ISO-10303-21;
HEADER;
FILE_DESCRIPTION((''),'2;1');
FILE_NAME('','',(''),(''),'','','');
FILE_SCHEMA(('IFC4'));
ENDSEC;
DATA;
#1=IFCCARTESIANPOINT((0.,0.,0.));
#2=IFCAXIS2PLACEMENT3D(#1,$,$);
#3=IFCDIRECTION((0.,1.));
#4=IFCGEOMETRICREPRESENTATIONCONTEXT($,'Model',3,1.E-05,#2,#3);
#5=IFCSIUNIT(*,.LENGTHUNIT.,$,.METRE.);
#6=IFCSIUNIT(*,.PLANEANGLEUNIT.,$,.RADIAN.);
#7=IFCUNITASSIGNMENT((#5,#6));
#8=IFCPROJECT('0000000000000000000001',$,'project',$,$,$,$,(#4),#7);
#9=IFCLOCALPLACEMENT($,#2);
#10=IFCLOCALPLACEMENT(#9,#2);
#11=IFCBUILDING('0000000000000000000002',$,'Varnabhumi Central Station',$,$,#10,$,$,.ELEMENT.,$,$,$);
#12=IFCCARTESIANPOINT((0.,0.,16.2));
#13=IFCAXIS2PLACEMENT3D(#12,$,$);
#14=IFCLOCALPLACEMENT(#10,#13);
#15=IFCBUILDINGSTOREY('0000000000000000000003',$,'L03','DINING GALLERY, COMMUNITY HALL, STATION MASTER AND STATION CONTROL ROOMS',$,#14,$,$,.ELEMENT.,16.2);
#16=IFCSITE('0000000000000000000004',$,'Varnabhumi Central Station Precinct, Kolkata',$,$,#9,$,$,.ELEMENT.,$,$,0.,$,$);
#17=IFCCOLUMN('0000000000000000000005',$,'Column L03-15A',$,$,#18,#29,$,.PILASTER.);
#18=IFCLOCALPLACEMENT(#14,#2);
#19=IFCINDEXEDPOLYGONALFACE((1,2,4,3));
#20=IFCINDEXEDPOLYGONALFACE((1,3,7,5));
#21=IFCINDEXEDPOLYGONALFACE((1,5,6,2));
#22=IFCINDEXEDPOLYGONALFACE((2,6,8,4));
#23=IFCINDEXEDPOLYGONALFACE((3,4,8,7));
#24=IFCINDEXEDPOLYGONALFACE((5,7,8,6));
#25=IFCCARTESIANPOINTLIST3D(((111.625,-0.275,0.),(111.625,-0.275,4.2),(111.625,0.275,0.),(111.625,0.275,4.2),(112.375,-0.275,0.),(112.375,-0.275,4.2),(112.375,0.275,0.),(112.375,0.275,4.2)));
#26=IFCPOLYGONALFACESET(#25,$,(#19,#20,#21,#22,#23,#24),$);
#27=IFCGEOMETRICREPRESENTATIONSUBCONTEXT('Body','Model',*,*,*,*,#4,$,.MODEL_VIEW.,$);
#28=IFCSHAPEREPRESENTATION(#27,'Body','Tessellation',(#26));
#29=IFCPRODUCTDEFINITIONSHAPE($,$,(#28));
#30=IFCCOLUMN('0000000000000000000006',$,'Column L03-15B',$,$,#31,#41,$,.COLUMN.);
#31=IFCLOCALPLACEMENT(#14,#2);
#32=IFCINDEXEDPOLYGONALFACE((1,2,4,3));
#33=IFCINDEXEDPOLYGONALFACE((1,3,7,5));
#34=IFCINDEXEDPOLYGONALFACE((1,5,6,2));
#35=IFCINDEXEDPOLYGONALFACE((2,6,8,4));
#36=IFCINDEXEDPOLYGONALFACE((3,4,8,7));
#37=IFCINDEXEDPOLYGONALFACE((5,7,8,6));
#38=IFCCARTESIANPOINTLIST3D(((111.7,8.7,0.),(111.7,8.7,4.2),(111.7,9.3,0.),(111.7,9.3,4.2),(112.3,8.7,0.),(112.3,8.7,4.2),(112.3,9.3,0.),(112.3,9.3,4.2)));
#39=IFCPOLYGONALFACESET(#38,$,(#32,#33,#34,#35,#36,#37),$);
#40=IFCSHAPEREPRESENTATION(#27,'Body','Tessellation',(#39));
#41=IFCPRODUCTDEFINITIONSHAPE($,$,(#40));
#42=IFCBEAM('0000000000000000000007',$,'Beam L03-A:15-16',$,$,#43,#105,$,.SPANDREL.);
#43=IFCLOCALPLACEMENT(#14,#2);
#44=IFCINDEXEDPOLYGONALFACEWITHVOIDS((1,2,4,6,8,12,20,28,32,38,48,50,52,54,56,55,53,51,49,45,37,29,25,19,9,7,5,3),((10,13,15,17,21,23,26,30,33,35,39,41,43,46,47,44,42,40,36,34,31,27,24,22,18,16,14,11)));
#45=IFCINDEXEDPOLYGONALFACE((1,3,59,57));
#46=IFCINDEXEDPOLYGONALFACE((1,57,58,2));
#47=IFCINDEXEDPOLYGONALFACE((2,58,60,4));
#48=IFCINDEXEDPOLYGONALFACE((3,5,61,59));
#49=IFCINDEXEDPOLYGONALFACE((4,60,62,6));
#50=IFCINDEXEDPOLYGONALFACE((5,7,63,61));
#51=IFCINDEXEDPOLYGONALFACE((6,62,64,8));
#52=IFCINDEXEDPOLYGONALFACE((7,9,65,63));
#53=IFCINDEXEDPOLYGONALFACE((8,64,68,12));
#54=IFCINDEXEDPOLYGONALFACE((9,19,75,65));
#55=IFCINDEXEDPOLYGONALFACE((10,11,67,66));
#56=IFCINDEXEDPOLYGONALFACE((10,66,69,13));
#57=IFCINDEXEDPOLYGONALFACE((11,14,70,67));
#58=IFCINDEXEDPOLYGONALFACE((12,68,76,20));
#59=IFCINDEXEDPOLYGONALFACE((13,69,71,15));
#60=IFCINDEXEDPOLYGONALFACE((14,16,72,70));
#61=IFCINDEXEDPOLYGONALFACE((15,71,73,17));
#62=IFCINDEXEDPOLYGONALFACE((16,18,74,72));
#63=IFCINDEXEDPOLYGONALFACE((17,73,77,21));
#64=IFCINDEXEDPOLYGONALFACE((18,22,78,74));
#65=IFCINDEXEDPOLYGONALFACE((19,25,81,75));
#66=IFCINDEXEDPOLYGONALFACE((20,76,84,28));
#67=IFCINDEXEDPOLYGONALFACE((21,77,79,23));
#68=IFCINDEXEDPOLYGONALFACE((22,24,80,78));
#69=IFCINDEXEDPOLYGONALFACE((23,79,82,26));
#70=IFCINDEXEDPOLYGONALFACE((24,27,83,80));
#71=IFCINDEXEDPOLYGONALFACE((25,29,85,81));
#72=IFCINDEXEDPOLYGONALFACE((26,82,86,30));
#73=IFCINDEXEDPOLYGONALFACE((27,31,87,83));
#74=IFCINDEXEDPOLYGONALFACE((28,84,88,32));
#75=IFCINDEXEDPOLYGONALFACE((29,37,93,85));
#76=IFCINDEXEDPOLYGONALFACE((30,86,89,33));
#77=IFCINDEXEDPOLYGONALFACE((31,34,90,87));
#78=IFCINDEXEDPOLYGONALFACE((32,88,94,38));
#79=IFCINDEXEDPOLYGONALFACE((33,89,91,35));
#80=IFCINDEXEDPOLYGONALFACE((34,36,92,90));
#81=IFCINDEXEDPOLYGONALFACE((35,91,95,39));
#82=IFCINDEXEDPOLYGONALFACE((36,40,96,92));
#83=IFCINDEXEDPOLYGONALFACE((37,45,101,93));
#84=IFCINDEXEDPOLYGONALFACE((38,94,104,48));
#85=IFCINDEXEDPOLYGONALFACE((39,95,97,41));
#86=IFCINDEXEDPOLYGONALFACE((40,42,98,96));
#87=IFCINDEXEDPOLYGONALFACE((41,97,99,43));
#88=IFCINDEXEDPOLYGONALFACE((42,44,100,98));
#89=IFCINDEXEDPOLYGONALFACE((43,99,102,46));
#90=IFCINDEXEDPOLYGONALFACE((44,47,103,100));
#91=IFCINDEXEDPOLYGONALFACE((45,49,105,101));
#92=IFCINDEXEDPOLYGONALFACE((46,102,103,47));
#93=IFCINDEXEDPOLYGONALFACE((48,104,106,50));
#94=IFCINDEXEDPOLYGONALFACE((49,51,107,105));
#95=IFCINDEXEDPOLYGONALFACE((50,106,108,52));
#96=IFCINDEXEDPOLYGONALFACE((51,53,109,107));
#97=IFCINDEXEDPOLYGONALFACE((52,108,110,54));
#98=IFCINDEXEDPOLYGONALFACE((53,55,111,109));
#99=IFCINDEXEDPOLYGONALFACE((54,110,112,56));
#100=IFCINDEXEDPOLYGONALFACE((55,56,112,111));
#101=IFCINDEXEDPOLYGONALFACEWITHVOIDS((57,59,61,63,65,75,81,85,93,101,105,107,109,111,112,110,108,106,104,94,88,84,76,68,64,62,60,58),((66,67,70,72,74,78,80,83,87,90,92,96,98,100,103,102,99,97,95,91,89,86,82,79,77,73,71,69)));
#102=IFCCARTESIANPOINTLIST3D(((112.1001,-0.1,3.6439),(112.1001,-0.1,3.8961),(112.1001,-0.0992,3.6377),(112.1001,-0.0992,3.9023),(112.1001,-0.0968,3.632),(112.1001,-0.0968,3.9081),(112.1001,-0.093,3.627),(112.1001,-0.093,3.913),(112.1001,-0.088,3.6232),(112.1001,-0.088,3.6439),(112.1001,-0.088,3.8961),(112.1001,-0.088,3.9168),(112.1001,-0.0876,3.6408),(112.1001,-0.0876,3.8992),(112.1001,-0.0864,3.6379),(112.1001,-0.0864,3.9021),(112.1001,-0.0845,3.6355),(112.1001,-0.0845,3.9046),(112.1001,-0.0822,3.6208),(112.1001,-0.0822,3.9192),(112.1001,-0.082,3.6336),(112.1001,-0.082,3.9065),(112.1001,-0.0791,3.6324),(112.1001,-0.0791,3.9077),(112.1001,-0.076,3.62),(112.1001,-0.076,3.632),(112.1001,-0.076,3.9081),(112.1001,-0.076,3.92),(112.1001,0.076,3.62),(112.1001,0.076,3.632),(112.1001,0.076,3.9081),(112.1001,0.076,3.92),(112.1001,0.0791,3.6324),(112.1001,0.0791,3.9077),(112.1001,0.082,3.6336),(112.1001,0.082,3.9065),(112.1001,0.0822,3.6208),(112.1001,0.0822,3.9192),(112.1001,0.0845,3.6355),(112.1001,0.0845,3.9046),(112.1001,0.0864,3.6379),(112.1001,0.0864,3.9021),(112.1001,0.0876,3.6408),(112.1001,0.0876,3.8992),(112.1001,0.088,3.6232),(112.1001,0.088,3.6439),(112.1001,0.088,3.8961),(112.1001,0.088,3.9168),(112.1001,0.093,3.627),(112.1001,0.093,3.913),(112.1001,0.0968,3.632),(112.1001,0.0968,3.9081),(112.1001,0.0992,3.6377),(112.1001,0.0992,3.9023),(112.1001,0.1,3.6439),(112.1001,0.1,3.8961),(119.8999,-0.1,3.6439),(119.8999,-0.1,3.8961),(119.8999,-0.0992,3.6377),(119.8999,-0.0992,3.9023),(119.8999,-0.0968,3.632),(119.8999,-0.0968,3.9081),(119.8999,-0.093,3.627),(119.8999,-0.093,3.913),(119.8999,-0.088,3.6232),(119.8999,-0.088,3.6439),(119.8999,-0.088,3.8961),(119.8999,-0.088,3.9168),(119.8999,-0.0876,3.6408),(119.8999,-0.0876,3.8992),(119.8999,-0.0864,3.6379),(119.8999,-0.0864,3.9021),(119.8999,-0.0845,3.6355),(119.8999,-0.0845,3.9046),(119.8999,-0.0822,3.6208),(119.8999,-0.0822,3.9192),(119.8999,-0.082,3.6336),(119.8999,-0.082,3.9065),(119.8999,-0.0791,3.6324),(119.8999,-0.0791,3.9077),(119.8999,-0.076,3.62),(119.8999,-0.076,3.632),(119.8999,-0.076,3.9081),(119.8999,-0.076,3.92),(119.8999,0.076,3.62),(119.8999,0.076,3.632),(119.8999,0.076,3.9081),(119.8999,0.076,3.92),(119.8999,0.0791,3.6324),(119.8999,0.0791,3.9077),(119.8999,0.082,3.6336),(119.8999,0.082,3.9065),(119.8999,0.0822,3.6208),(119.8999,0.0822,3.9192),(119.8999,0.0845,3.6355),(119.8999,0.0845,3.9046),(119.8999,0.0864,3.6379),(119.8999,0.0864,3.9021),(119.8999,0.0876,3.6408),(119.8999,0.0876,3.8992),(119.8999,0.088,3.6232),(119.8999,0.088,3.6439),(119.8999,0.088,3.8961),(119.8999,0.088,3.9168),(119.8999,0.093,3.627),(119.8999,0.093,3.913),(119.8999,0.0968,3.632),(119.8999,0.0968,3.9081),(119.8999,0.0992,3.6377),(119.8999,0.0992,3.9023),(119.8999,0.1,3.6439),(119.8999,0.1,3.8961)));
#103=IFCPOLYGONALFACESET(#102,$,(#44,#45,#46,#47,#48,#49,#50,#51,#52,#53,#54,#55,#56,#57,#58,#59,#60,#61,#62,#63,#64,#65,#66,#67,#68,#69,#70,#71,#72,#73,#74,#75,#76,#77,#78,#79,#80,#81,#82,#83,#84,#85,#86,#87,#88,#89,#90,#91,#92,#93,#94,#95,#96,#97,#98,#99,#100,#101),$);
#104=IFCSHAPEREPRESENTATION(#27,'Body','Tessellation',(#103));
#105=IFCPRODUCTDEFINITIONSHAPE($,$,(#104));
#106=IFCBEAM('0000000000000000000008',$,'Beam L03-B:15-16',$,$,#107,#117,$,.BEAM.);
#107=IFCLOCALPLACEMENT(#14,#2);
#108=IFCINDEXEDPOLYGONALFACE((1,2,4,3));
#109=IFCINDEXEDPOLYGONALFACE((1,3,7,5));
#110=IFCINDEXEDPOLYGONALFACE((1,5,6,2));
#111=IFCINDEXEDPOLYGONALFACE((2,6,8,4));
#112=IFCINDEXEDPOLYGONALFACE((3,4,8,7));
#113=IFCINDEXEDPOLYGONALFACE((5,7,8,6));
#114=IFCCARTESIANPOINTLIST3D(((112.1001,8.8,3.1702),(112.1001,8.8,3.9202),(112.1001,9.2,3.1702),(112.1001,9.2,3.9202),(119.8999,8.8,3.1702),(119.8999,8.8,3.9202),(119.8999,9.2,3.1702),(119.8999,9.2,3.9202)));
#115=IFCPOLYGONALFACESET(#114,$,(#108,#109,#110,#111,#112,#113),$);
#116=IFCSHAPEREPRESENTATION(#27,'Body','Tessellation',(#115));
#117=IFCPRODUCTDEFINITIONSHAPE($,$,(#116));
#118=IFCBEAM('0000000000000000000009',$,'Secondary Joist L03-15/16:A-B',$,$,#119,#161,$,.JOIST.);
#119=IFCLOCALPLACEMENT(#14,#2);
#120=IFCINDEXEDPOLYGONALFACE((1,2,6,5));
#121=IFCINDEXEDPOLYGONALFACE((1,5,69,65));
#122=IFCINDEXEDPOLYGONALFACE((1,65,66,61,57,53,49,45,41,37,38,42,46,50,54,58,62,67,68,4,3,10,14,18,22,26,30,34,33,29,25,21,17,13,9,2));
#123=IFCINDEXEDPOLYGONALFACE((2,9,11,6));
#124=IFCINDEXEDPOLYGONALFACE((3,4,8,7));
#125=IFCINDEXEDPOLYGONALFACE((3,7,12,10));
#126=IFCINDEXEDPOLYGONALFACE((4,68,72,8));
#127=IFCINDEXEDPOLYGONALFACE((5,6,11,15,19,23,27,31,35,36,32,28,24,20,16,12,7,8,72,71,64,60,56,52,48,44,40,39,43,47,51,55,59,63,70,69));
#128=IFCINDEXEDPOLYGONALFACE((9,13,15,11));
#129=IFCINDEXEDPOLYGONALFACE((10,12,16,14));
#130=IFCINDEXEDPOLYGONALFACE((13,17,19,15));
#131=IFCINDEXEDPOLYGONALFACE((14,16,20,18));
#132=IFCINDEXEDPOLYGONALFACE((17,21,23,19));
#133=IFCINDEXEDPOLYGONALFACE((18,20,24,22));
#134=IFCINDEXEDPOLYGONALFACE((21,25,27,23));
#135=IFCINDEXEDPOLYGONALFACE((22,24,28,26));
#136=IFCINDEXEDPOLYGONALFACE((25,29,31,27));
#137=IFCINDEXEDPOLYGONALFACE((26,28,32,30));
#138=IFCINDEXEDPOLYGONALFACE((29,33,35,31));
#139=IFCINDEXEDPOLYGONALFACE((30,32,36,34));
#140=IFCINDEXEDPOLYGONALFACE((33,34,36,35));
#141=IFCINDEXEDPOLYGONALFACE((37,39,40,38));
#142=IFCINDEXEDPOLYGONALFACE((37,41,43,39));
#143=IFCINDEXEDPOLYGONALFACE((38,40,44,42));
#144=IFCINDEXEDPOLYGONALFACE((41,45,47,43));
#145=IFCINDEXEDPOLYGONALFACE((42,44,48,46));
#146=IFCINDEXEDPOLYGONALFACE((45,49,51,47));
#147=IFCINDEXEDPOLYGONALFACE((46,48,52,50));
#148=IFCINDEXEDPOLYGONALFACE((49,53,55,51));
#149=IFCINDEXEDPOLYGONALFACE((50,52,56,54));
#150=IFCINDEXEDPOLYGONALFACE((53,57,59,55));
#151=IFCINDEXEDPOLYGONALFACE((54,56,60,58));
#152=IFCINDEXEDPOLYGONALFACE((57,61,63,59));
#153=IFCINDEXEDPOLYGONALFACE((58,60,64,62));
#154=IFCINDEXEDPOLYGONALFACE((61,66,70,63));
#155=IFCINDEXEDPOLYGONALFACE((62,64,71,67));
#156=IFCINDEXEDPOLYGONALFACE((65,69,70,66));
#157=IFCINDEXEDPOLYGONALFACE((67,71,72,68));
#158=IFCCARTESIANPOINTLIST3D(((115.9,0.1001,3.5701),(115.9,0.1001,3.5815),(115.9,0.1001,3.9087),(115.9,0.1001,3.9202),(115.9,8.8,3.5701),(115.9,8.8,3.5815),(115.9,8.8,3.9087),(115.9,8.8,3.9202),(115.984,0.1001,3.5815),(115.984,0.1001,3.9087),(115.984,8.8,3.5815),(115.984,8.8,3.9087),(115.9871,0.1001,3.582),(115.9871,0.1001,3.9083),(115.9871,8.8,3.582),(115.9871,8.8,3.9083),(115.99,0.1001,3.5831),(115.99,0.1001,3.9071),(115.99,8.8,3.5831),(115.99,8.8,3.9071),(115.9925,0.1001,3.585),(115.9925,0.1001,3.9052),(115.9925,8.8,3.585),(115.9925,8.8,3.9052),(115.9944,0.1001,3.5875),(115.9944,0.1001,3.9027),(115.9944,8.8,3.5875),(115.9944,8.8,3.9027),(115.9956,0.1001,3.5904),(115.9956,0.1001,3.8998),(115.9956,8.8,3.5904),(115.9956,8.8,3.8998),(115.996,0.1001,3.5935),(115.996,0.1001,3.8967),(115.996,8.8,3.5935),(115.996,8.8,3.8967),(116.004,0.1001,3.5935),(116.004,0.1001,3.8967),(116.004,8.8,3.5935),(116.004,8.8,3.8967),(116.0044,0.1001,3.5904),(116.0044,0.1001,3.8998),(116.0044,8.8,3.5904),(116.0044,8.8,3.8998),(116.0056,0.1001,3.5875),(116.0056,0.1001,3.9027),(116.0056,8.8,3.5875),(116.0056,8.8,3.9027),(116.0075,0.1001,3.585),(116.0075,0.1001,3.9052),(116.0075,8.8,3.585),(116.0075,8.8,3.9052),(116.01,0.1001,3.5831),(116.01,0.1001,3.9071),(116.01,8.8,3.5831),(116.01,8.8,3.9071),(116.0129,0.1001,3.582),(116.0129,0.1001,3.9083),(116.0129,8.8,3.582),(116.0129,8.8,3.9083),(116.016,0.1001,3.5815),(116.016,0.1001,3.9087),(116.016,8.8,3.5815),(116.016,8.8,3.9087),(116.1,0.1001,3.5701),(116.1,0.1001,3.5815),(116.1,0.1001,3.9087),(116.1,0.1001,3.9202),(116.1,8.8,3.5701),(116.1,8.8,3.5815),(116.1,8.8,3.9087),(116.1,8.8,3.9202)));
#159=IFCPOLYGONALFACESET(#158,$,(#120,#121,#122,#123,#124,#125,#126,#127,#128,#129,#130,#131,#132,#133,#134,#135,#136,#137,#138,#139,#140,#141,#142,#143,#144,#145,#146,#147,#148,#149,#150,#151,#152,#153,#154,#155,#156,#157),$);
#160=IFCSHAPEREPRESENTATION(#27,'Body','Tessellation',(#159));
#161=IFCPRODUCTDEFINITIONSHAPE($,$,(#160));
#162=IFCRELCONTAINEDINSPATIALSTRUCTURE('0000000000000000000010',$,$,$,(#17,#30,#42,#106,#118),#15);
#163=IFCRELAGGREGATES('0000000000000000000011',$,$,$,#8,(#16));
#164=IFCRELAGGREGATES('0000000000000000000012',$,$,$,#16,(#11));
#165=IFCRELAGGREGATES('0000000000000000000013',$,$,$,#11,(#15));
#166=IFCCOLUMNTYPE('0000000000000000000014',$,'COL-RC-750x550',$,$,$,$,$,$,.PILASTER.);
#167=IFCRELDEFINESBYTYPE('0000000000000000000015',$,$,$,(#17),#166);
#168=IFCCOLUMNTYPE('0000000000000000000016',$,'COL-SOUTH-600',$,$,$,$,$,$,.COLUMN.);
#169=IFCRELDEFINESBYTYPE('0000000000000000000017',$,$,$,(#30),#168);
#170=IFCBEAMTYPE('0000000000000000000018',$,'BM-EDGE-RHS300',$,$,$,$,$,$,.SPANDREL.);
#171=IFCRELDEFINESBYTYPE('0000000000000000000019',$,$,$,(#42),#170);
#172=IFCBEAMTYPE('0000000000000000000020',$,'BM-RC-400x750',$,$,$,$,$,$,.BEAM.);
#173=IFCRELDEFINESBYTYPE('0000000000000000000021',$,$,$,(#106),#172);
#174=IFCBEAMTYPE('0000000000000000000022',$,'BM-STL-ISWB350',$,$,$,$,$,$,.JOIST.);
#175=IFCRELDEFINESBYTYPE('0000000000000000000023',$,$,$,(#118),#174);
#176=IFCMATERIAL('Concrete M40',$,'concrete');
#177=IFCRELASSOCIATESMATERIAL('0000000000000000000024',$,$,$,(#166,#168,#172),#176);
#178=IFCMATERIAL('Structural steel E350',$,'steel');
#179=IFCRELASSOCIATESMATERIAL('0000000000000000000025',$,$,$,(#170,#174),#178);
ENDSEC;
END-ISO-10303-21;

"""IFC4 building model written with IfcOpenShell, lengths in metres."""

from ifc_helpers import new_model, si_unit, direction, frame, origin, origin_2d, place, context, subcontext, project, spatial, rectangle, hollow_rectangle, i_section, extrude, material, material_profile, profile_set, type_object, element, save


model = new_model("IFC4")

# Units and contexts
model_context = context("Model", 3, precision=1e-05, world=origin(), true_north=direction((0.0, 1.0)))
body_context = subcontext(model_context, "Body", "Model", "MODEL_VIEW")
ifc_project = project(units=[si_unit("LENGTHUNIT", "METRE"), si_unit("PLANEANGLEUNIT", "RADIAN")], contexts=[model_context])

# Site, building, storey
site_placement = place(None, origin())
site = spatial("IfcSite", under=ifc_project, at=site_placement, Name="Varnabhumi Central Station Precinct, Kolkata", CompositionType="ELEMENT", RefElevation=0.0)
building_placement = place(site_placement, origin())
building = spatial("IfcBuilding", under=site, at=building_placement, Name="Varnabhumi Central Station", CompositionType="ELEMENT")
storey_placement = place(building_placement, frame((0.0, 0.0, 16.2)))
storey = spatial("IfcBuildingStorey", under=building, at=storey_placement, Name="L03", Description="DINING GALLERY, COMMUNITY HALL, STATION MASTER AND STATION CONTROL ROOMS", CompositionType="ELEMENT", Elevation=16.2)

# Columns
ifc_material_1 = material(Name="Concrete M40", Category="concrete")
ifc_material_profile_1 = material_profile(ifc_material_1, rectangle(XDim=0.75, YDim=0.55, at=origin_2d()), Name="Concrete M40", Category="concrete")
ifc_profile_set_1 = profile_set([ifc_material_profile_1], Name="Concrete M40")
column_type_1 = type_object("IfcColumnType", Name="COL-RC-750x550", PredefinedType="PILASTER", material=ifc_profile_set_1)
column_1_placement = place(storey_placement, frame((112.0, 0.0, 0.0), z_axis=(0.0, 0.0, 1.0), x_axis=(1.0, 0.0, 0.0)))
element("IfcColumn", 1, at=column_1_placement, inside=storey, type_object=column_type_1, Name="Column L03-15A", PredefinedType="PILASTER", context=body_context, shape_type="SweptSolid", body=[
    extrude(rectangle(XDim=0.75, YDim=0.55, at=origin_2d()), origin(), (0.0, 0.0, 1.0), 4.2),
])
ifc_material_profile_2 = material_profile(ifc_material_1, rectangle(XDim=0.6001, YDim=0.6001, at=origin_2d()), Name="Concrete M40", Category="concrete")
ifc_profile_set_2 = profile_set([ifc_material_profile_2], Name="Concrete M40")
column_type_2 = type_object("IfcColumnType", Name="COL-SOUTH-600", PredefinedType="COLUMN", material=ifc_profile_set_2)
column_2_placement = place(storey_placement, frame((112.0, 9.0, 0.0), z_axis=(0.0, 0.0, 1.0), x_axis=(1.0, 0.0, 0.0)))
element("IfcColumn", 2, at=column_2_placement, inside=storey, type_object=column_type_2, Name="Column L03-15B", PredefinedType="COLUMN", context=body_context, shape_type="SweptSolid", body=[
    extrude(rectangle(XDim=0.6001, YDim=0.6001, at=origin_2d()), origin(), (0.0, 0.0, 1.0), 4.2),
])

# Beams
ifc_material_2 = material(Name="Structural steel E350", Category="steel")
ifc_material_profile_3 = material_profile(ifc_material_2, hollow_rectangle(XDim=0.2, YDim=0.3, WallThickness=0.012, InnerFilletRadius=0.012, OuterFilletRadius=0.0239, at=origin_2d()), Name="Structural steel E350", Category="steel")
ifc_profile_set_3 = profile_set([ifc_material_profile_3], Name="Structural steel E350")
beam_type_1 = type_object("IfcBeamType", Name="BM-EDGE-RHS300", PredefinedType="SPANDREL", material=ifc_profile_set_3)
beam_1_placement = place(storey_placement, frame((112.1001, 0.0, 3.77), z_axis=(1.0, 0.0, 0.0), x_axis=(0.0, 1.0, 0.0)))
element("IfcBeam", 3, at=beam_1_placement, inside=storey, type_object=beam_type_1, Name="Beam L03-A:15-16", PredefinedType="SPANDREL", context=body_context, shape_type="SweptSolid", body=[
    extrude(hollow_rectangle(XDim=0.2, YDim=0.3, WallThickness=0.012, InnerFilletRadius=0.012, OuterFilletRadius=0.0239, at=origin_2d()), origin(), (0.0, 0.0, 1.0), 7.7998),
])
ifc_material_profile_4 = material_profile(ifc_material_1, rectangle(XDim=0.3999, YDim=0.75, at=origin_2d()), Name="Concrete M40", Category="concrete")
ifc_profile_set_4 = profile_set([ifc_material_profile_4], Name="Concrete M40")
beam_type_2 = type_object("IfcBeamType", Name="BM-RC-400x750", PredefinedType="BEAM", material=ifc_profile_set_4)
beam_2_placement = place(storey_placement, frame((112.1001, 9.0, 3.5452), z_axis=(1.0, 0.0, 0.0), x_axis=(0.0, 1.0, 0.0)))
element("IfcBeam", 4, at=beam_2_placement, inside=storey, type_object=beam_type_2, Name="Beam L03-B:15-16", PredefinedType="BEAM", context=body_context, shape_type="SweptSolid", body=[
    extrude(rectangle(XDim=0.3999, YDim=0.75, at=origin_2d()), origin(), (0.0, 0.0, 1.0), 7.7998),
])
ifc_material_profile_5 = material_profile(ifc_material_2, i_section(OverallWidth=0.2, OverallDepth=0.3501, WebThickness=0.0081, FlangeThickness=0.0115, FilletRadius=0.012, at=origin_2d()), Name="Structural steel E350", Category="steel")
ifc_profile_set_5 = profile_set([ifc_material_profile_5], Name="Structural steel E350")
beam_type_3 = type_object("IfcBeamType", Name="BM-STL-ISWB350", PredefinedType="JOIST", material=ifc_profile_set_5)
beam_3_placement = place(storey_placement, frame((116.0, 0.1001, 3.7451), z_axis=(0.0, 1.0, 0.0), x_axis=(-1.0, 0.0, 0.0)))
element("IfcBeam", 5, at=beam_3_placement, inside=storey, type_object=beam_type_3, Name="Secondary Joist L03-15/16:A-B", PredefinedType="JOIST", context=body_context, shape_type="SweptSolid", body=[
    extrude(i_section(OverallWidth=0.2, OverallDepth=0.3501, WebThickness=0.0081, FlangeThickness=0.0115, FilletRadius=0.012, at=origin_2d()), origin(), (0.0, 0.0, 1.0), 8.7),
])

save(model, "model.ifc")
